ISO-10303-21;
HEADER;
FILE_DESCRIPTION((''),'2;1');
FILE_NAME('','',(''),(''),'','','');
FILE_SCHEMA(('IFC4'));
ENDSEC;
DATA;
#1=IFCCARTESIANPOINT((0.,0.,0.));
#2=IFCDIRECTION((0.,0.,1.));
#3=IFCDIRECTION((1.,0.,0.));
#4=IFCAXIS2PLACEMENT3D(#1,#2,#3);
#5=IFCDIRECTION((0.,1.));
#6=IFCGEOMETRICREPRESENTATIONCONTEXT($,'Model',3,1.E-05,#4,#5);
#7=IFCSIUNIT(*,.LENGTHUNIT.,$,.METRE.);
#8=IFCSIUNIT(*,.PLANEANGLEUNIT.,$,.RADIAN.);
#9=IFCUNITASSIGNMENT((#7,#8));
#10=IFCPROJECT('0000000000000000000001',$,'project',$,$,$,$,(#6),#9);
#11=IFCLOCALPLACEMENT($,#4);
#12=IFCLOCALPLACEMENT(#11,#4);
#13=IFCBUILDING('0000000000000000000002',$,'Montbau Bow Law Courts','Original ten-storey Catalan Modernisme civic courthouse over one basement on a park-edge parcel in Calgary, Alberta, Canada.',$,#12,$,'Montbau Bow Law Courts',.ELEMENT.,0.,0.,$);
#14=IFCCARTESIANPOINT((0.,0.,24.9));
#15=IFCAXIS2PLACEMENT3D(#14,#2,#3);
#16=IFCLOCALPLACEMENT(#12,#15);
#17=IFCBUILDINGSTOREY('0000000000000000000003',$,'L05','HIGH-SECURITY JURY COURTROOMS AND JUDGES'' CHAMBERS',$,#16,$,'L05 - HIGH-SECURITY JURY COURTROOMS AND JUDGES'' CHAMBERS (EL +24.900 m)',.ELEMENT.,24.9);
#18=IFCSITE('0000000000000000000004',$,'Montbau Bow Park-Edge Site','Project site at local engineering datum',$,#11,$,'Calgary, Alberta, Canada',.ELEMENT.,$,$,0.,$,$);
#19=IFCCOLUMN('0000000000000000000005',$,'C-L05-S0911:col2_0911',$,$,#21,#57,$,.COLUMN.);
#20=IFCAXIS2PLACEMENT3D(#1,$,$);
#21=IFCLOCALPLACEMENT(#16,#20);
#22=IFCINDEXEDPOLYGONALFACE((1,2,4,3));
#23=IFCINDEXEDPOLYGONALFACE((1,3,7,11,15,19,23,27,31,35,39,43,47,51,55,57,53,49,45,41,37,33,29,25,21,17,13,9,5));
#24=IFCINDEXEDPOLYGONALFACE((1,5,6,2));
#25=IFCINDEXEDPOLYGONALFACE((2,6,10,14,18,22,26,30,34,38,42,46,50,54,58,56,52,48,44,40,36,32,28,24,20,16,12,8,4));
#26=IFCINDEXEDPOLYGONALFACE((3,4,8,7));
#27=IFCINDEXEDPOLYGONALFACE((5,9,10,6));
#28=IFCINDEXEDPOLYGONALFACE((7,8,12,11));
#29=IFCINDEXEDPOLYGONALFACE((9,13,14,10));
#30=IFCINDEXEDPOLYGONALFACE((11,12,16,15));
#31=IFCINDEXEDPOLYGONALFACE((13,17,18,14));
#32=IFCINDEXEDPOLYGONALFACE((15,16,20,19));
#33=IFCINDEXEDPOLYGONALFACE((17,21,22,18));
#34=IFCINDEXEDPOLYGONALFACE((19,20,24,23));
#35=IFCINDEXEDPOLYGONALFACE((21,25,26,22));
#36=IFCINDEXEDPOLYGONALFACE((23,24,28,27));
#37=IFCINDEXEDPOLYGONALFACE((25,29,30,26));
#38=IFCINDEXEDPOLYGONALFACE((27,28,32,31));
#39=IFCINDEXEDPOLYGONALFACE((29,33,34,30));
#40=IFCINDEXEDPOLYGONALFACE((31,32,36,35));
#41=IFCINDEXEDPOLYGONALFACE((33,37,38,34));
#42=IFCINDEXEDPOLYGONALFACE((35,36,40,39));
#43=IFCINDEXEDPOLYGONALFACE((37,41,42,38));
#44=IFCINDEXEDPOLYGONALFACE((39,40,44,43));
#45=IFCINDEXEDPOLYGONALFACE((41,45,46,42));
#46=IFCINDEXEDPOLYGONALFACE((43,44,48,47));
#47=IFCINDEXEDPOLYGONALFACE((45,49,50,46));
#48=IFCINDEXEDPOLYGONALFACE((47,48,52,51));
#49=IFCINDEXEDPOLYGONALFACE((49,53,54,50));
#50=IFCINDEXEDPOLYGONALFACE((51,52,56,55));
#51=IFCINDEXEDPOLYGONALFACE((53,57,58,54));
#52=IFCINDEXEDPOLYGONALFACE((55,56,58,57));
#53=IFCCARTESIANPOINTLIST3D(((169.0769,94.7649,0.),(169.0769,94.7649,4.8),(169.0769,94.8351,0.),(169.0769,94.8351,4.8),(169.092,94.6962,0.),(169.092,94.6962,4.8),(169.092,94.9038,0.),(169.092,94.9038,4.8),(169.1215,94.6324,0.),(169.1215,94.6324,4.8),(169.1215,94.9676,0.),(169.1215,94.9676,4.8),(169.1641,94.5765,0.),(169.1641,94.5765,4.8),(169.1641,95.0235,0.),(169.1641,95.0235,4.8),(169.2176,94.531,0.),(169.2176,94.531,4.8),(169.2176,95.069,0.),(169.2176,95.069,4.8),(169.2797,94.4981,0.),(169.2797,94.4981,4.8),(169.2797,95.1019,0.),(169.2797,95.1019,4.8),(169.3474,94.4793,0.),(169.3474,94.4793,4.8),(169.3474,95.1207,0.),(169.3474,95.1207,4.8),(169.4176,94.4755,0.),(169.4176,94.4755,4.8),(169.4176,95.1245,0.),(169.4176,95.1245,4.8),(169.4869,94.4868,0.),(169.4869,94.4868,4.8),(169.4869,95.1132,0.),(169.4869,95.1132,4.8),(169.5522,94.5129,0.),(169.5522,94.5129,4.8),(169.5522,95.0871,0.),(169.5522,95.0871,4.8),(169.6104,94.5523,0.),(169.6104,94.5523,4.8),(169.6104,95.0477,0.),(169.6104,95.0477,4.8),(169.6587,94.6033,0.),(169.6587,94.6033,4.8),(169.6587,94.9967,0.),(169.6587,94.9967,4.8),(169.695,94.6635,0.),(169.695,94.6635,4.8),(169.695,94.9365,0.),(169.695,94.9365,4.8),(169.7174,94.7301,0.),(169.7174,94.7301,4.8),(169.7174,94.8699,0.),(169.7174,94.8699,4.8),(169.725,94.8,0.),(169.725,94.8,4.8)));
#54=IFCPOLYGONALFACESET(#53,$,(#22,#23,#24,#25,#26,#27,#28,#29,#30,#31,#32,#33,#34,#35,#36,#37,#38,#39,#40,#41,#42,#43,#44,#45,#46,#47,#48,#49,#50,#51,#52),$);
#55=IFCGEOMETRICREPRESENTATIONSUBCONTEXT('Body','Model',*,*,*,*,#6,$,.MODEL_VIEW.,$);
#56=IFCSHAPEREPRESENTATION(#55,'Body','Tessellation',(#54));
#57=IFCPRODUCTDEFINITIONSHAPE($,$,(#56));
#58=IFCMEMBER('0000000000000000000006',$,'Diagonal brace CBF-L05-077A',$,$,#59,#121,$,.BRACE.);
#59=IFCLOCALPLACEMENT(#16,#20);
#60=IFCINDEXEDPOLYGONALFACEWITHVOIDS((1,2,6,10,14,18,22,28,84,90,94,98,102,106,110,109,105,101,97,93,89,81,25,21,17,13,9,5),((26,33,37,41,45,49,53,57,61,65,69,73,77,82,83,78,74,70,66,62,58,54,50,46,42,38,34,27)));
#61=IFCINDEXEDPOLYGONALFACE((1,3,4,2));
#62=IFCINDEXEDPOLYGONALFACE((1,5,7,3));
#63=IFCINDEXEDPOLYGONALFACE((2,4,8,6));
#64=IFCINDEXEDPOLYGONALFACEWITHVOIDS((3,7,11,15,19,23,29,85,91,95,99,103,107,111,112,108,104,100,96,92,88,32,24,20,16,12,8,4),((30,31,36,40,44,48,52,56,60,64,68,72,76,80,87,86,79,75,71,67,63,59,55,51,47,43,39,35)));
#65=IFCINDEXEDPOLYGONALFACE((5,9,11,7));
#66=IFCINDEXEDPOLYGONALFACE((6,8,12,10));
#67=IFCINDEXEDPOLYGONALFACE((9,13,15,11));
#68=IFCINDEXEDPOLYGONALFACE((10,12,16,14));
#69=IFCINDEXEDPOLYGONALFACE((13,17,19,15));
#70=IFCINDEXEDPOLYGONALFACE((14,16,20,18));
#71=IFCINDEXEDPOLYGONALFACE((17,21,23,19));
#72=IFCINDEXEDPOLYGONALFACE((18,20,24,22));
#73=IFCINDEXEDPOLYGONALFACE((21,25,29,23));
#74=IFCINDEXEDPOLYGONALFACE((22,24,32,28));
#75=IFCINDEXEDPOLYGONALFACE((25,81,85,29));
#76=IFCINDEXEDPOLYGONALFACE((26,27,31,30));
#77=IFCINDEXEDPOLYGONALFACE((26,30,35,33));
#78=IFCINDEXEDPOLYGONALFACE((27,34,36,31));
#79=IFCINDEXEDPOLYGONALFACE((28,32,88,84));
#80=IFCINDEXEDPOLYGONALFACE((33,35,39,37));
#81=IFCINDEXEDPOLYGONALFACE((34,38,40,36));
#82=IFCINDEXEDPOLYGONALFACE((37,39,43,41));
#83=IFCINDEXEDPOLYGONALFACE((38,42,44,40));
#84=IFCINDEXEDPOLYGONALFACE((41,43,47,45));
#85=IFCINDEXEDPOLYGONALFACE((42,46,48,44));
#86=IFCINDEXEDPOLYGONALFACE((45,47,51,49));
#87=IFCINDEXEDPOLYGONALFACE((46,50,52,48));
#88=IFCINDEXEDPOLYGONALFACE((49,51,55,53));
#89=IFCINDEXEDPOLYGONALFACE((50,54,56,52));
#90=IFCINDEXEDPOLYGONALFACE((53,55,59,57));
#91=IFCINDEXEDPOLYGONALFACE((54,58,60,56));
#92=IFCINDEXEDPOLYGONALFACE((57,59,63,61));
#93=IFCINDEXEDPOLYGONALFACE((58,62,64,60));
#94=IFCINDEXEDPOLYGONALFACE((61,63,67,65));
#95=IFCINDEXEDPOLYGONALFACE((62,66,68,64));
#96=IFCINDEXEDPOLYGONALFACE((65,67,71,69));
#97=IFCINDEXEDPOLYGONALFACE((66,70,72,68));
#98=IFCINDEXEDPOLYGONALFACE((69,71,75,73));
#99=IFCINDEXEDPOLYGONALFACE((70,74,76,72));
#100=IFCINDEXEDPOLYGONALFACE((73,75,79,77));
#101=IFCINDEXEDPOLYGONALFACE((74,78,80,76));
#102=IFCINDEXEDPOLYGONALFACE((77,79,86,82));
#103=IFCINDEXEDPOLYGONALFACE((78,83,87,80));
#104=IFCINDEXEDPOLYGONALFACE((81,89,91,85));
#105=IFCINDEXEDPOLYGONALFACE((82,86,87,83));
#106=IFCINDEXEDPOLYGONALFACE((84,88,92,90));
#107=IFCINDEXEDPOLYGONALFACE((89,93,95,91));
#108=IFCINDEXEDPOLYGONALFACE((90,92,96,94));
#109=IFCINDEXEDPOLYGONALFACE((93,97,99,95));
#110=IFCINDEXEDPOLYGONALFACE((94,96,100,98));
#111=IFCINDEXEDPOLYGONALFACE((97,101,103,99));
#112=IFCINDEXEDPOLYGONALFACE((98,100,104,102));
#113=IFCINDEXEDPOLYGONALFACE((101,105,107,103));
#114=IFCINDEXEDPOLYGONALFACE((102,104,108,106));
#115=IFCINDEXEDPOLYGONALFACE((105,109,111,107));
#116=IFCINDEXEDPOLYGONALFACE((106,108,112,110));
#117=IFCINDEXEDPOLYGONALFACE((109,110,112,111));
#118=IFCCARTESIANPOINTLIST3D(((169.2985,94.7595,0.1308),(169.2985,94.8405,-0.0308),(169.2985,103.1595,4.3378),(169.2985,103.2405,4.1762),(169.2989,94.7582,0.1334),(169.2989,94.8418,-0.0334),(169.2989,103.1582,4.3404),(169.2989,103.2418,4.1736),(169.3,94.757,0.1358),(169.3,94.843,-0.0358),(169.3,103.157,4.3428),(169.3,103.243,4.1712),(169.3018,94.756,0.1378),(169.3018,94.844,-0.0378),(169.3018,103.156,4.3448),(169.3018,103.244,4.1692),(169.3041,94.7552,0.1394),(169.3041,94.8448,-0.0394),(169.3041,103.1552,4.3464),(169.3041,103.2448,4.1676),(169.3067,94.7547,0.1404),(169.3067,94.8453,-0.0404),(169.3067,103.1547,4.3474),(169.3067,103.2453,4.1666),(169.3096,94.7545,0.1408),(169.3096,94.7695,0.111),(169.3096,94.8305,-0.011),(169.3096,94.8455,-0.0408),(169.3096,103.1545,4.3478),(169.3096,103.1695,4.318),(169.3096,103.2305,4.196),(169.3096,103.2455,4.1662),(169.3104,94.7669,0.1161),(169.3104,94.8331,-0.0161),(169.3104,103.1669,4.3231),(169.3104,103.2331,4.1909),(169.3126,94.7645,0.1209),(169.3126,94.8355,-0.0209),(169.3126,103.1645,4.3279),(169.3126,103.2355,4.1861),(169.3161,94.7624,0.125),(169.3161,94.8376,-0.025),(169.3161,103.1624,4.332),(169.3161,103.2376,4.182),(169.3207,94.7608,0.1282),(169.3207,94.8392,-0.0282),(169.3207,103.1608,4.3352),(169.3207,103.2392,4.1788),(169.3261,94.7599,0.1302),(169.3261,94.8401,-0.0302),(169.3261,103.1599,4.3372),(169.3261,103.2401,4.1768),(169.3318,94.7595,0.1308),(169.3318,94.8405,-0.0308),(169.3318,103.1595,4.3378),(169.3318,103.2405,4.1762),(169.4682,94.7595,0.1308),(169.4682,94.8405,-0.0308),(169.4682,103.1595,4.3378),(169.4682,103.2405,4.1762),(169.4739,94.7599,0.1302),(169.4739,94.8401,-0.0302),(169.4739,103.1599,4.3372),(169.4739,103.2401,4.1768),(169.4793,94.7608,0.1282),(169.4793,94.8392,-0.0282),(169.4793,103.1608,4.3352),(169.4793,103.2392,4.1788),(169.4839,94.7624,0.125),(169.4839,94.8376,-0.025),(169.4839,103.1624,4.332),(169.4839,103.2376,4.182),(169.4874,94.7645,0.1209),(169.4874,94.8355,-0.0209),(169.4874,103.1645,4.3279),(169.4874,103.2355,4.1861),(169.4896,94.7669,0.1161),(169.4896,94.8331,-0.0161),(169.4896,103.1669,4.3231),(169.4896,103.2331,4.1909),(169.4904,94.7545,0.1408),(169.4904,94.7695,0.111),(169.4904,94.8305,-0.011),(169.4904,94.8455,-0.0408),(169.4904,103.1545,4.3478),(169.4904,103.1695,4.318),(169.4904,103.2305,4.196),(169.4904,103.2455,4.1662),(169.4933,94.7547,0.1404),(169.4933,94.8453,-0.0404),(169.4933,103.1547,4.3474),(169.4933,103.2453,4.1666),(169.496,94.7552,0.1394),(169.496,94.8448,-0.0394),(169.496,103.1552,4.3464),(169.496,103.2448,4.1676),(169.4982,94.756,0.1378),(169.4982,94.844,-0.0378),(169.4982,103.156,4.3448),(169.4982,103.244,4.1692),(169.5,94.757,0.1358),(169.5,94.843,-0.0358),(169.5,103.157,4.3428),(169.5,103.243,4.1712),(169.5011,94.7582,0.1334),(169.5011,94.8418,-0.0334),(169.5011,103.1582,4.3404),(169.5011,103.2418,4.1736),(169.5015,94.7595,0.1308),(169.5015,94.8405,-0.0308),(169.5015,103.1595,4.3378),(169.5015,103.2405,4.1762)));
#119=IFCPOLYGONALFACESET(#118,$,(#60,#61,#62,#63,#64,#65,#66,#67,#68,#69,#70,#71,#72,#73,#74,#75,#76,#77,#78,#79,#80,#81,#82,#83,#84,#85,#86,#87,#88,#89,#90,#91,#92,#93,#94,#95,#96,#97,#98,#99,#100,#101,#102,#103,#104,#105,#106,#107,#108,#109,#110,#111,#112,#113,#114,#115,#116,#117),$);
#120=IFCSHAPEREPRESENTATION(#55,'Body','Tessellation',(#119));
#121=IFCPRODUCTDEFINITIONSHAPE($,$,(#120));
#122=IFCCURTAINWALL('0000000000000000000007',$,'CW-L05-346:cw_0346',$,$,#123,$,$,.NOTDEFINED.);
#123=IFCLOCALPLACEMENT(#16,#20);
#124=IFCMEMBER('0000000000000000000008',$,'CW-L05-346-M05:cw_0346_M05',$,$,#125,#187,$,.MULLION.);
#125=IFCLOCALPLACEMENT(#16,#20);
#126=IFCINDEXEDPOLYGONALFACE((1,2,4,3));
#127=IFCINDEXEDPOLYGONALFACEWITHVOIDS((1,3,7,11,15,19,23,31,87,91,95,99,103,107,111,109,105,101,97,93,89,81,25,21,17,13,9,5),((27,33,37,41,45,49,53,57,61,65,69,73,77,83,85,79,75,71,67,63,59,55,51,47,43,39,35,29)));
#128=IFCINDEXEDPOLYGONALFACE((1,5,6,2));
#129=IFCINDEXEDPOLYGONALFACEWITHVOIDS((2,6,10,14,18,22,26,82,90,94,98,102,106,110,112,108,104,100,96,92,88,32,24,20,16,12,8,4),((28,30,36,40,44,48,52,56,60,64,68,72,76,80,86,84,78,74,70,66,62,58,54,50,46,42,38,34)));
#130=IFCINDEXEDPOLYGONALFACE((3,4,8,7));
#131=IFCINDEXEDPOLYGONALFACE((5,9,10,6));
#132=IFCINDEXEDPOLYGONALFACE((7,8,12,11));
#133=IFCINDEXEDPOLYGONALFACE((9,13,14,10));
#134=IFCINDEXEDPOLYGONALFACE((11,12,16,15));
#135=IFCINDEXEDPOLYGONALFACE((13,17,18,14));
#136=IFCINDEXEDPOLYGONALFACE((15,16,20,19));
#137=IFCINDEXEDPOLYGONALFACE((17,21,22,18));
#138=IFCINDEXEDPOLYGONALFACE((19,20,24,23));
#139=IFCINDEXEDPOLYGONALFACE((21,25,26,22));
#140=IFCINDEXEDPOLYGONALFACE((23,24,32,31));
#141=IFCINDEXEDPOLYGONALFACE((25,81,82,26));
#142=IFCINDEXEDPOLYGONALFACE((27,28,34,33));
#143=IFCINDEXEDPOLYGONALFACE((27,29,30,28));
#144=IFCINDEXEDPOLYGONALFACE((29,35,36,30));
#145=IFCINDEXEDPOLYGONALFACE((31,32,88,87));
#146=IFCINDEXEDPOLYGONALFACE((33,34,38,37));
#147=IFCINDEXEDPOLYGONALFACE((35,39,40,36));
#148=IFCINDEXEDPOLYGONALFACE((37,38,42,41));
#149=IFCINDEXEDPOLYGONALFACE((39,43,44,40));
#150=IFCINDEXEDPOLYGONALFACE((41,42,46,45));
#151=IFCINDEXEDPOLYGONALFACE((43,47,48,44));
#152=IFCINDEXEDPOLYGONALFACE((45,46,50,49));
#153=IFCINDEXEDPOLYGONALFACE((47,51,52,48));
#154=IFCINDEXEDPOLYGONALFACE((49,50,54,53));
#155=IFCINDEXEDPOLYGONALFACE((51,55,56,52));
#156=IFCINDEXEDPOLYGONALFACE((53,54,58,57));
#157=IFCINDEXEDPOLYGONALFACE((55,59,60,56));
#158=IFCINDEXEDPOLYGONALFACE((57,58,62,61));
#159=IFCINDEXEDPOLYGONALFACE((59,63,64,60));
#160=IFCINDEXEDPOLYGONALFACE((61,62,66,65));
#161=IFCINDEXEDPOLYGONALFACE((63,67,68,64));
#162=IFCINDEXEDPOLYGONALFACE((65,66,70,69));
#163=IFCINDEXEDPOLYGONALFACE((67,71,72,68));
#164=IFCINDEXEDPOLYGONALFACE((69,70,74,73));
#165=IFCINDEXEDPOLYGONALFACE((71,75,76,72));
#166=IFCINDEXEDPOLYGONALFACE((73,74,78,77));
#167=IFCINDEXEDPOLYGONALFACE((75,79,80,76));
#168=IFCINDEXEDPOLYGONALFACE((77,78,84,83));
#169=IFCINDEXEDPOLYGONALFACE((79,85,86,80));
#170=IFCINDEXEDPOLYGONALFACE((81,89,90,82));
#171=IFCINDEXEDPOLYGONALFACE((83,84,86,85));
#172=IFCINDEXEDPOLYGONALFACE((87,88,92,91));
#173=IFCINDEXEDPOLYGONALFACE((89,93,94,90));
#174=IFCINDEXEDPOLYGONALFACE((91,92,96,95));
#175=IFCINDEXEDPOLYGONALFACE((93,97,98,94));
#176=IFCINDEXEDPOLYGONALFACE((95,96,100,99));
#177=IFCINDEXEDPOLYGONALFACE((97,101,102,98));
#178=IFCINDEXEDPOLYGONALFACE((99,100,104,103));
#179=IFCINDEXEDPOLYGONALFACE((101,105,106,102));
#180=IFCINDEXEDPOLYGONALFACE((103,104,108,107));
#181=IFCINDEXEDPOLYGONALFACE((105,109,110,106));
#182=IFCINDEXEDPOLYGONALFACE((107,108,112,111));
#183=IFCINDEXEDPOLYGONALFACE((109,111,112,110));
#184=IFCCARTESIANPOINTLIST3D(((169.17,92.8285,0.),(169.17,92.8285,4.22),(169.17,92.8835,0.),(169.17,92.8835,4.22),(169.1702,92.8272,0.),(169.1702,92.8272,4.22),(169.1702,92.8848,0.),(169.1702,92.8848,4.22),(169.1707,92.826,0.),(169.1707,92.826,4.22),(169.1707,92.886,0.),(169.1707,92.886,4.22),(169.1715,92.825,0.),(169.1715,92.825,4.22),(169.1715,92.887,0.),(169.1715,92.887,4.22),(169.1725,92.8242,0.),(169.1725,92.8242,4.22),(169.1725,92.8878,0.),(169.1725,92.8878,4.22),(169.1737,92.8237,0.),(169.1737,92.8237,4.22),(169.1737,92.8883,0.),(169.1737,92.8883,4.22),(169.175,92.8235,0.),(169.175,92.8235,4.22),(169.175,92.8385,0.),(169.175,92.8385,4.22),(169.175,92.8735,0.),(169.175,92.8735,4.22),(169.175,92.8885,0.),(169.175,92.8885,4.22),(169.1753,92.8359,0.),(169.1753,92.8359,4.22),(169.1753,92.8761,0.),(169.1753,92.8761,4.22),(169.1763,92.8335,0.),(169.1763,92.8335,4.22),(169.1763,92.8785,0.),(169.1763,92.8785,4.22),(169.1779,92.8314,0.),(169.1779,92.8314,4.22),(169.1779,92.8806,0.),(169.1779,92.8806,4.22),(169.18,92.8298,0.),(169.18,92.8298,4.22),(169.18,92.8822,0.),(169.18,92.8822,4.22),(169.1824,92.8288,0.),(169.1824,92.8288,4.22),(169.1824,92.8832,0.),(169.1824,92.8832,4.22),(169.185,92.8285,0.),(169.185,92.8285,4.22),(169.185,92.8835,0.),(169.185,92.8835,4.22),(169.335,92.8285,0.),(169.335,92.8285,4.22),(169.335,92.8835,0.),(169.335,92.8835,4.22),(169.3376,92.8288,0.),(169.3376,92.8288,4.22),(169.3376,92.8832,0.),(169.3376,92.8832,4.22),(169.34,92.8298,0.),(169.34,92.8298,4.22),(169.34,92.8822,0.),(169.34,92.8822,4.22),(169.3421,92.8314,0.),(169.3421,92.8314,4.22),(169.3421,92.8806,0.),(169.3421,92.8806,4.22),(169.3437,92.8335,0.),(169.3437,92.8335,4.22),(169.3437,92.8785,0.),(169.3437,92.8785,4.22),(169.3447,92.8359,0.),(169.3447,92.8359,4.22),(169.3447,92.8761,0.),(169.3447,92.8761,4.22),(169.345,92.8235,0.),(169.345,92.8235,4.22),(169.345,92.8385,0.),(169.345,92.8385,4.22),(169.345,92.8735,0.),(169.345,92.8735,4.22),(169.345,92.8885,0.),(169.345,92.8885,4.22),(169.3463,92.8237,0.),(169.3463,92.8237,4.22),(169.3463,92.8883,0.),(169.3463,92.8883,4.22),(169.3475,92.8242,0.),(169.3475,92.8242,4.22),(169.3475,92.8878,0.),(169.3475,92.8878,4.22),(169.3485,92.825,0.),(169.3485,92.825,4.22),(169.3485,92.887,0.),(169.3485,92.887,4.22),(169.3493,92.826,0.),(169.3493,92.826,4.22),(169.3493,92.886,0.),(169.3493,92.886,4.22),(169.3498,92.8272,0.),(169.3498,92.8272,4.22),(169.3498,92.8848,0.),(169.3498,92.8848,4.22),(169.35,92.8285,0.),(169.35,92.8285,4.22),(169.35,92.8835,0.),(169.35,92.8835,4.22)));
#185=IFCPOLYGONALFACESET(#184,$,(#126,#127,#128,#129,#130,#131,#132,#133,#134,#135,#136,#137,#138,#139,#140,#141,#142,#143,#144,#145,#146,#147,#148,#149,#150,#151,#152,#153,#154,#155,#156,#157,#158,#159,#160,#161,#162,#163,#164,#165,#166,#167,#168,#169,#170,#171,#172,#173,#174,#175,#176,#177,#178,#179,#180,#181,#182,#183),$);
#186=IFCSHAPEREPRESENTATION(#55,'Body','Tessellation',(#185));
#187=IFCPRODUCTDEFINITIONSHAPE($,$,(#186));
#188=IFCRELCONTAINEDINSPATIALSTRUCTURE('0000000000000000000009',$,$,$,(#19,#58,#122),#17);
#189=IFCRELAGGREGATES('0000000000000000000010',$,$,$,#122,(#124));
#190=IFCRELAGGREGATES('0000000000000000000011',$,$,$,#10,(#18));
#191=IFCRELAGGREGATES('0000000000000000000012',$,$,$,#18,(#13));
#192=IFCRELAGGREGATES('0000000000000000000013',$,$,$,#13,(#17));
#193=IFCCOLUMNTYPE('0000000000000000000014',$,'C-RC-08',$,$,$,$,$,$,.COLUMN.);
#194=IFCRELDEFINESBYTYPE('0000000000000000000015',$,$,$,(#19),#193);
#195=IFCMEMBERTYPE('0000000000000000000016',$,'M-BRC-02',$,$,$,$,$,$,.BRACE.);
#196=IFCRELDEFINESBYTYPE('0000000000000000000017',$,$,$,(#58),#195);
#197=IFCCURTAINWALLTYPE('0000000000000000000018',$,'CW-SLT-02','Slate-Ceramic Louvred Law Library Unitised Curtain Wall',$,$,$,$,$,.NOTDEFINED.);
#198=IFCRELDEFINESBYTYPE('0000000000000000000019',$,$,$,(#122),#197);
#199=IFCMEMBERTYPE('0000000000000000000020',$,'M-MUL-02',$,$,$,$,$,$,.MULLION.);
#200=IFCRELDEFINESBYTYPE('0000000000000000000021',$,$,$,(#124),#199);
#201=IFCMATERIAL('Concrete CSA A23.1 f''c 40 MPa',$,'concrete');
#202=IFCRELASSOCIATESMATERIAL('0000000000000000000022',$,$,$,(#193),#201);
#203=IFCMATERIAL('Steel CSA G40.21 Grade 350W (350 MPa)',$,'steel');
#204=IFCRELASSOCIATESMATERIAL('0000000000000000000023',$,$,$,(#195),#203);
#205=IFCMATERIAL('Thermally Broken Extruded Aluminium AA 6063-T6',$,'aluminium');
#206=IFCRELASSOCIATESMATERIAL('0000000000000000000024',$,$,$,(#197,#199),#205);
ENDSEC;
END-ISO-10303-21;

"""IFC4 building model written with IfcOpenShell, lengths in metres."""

from ifc_helpers import new_model, si_unit, direction, frame, origin_with_axes, origin_2d_with_axis, place, context, subcontext, project, spatial, hollow_rectangle, circle, extrude, material, material_profile, profile_set, type_object, element, aggregate, save


model = new_model("IFC4")

# Units and contexts
model_context = context("Model", 3, precision=1e-05, world=origin_with_axes(), true_north=direction((0.0, 1.0)))
body_context = subcontext(model_context, "Body", "Model", "MODEL_VIEW")
ifc_project = project(units=[si_unit("LENGTHUNIT", "METRE"), si_unit("PLANEANGLEUNIT", "RADIAN")], contexts=[model_context])

# Site, building, storey
site_placement = place(None, origin_with_axes())
site = spatial("IfcSite", under=ifc_project, at=site_placement, Name="Montbau Bow Park-Edge Site", Description="Project site at local engineering datum", LongName="Calgary, Alberta, Canada", CompositionType="ELEMENT", RefElevation=0.0)
building_placement = place(site_placement, origin_with_axes())
building = spatial("IfcBuilding", under=site, at=building_placement, Name="Montbau Bow Law Courts", Description="Original ten-storey Catalan Modernisme civic courthouse over one basement on a park-edge parcel in Calgary, Alberta, Canada.", LongName="Montbau Bow Law Courts", CompositionType="ELEMENT", ElevationOfRefHeight=0.0, ElevationOfTerrain=0.0)
storey_placement = place(building_placement, frame((0.0, 0.0, 24.9), z_axis=(0.0, 0.0, 1.0), x_axis=(1.0, 0.0, 0.0)))
storey = spatial("IfcBuildingStorey", under=building, at=storey_placement, Name="L05", Description="HIGH-SECURITY JURY COURTROOMS AND JUDGES' CHAMBERS", LongName="L05 - HIGH-SECURITY JURY COURTROOMS AND JUDGES' CHAMBERS (EL +24.900 m)", CompositionType="ELEMENT", Elevation=24.9)

# Column
ifc_material_1 = material(Name="Concrete CSA A23.1 f'c 40 MPa", Category="concrete")
ifc_material_profile_1 = material_profile(ifc_material_1, circle(Radius=0.325, at=origin_2d_with_axis()), Name="RC650D", Category="Main", Priority=0)
ifc_profile_set_1 = profile_set([ifc_material_profile_1], Name="Concrete CSA A23.1 f'c 40 MPa")
column_type = type_object("IfcColumnType", Name="C-RC-08", PredefinedType="COLUMN", material=ifc_profile_set_1)
column_placement = place(None, frame((169.4, 94.8, 24.9), z_axis=(0.0, 0.0, 1.0), x_axis=(1.0, 0.0, 0.0)))
element("IfcColumn", 1, at=column_placement, inside=storey, type_object=column_type, Name="C-L05-S0911:col2_0911", PredefinedType="COLUMN", context=body_context, shape_type="SweptSolid", body=[
    extrude(circle(Radius=0.325, at=origin_2d_with_axis()), origin_with_axes(), (0.0, 0.0, 1.0), 4.8),
])

# Member
ifc_material_2 = material(Name="Steel CSA G40.21 Grade 350W (350 MPa)", Category="steel")
ifc_material_profile_2 = material_profile(ifc_material_2, hollow_rectangle(XDim=0.203, YDim=0.203, WallThickness=0.0111, InnerFilletRadius=0.0222, OuterFilletRadius=0.0111, at=origin_2d_with_axis()), Name="HSS203X203X11", Category="Main", Priority=0)
ifc_profile_set_2 = profile_set([ifc_material_profile_2], Name="Steel CSA G40.21 Grade 350W (350 MPa)")
member_type_1 = type_object("IfcMemberType", Name="M-BRC-02", PredefinedType="BRACE", material=ifc_profile_set_2)
member_1_placement = place(None, frame((169.4, 94.8, 24.95), z_axis=(0.0, 0.894129, 0.44781), x_axis=(-1.0, 0.0, 0.0)))
element("IfcMember", 2, at=member_1_placement, inside=storey, type_object=member_type_1, Name="Diagonal brace CBF-L05-077A", PredefinedType="BRACE", context=body_context, shape_type="SweptSolid", body=[
    extrude(hollow_rectangle(XDim=0.203, YDim=0.203, WallThickness=0.0111, InnerFilletRadius=0.0222, OuterFilletRadius=0.0111, at=origin_2d_with_axis()), origin_with_axes(), (0.0, 0.0, 1.0), 9.3946),
])

# Curtain wall, member
ifc_material_3 = material(Name="Thermally Broken Extruded Aluminium AA 6063-T6", Category="aluminium")
curtain_wall_type = type_object("IfcCurtainWallType", Name="CW-SLT-02", Description="Slate-Ceramic Louvred Law Library Unitised Curtain Wall", PredefinedType="NOTDEFINED", material=ifc_material_3)
curtain_wall_1_placement = place(None, frame((169.26, 86.84, 24.9), z_axis=(0.0, 0.0, 1.0), x_axis=(1.0, 0.0, 0.0)))
curtain_wall_1 = element("IfcCurtainWall", 3, at=curtain_wall_1_placement, inside=storey, type_object=curtain_wall_type, Name="CW-L05-346:cw_0346", PredefinedType="NOTDEFINED")
ifc_material_profile_3 = material_profile(ifc_material_3, hollow_rectangle(XDim=0.065, YDim=0.18, WallThickness=0.005, InnerFilletRadius=0.01, OuterFilletRadius=0.005, at=origin_2d_with_axis()), Name="CWM-180X65", Category="Main", Priority=0)
ifc_profile_set_3 = profile_set([ifc_material_profile_3], Name="Thermally Broken Extruded Aluminium AA 6063-T6")
member_type_2 = type_object("IfcMemberType", Name="M-MUL-02", PredefinedType="MULLION", material=ifc_profile_set_3)
member_2_placement = place(None, frame((169.26, 92.856, 24.9), z_axis=(0.0, 0.0, 1.0), x_axis=(0.0, 1.0, 0.0)))
member_2 = element("IfcMember", 4, at=member_2_placement, type_object=member_type_2, Name="CW-L05-346-M05:cw_0346_M05", PredefinedType="MULLION", context=body_context, shape_type="SweptSolid", body=[
    extrude(hollow_rectangle(XDim=0.065, YDim=0.18, WallThickness=0.005, InnerFilletRadius=0.01, OuterFilletRadius=0.005, at=origin_2d_with_axis()), origin_with_axes(), (0.0, 0.0, 1.0), 4.22),
])

aggregate(curtain_wall_1, [member_2])

save(model, "model.ifc")
